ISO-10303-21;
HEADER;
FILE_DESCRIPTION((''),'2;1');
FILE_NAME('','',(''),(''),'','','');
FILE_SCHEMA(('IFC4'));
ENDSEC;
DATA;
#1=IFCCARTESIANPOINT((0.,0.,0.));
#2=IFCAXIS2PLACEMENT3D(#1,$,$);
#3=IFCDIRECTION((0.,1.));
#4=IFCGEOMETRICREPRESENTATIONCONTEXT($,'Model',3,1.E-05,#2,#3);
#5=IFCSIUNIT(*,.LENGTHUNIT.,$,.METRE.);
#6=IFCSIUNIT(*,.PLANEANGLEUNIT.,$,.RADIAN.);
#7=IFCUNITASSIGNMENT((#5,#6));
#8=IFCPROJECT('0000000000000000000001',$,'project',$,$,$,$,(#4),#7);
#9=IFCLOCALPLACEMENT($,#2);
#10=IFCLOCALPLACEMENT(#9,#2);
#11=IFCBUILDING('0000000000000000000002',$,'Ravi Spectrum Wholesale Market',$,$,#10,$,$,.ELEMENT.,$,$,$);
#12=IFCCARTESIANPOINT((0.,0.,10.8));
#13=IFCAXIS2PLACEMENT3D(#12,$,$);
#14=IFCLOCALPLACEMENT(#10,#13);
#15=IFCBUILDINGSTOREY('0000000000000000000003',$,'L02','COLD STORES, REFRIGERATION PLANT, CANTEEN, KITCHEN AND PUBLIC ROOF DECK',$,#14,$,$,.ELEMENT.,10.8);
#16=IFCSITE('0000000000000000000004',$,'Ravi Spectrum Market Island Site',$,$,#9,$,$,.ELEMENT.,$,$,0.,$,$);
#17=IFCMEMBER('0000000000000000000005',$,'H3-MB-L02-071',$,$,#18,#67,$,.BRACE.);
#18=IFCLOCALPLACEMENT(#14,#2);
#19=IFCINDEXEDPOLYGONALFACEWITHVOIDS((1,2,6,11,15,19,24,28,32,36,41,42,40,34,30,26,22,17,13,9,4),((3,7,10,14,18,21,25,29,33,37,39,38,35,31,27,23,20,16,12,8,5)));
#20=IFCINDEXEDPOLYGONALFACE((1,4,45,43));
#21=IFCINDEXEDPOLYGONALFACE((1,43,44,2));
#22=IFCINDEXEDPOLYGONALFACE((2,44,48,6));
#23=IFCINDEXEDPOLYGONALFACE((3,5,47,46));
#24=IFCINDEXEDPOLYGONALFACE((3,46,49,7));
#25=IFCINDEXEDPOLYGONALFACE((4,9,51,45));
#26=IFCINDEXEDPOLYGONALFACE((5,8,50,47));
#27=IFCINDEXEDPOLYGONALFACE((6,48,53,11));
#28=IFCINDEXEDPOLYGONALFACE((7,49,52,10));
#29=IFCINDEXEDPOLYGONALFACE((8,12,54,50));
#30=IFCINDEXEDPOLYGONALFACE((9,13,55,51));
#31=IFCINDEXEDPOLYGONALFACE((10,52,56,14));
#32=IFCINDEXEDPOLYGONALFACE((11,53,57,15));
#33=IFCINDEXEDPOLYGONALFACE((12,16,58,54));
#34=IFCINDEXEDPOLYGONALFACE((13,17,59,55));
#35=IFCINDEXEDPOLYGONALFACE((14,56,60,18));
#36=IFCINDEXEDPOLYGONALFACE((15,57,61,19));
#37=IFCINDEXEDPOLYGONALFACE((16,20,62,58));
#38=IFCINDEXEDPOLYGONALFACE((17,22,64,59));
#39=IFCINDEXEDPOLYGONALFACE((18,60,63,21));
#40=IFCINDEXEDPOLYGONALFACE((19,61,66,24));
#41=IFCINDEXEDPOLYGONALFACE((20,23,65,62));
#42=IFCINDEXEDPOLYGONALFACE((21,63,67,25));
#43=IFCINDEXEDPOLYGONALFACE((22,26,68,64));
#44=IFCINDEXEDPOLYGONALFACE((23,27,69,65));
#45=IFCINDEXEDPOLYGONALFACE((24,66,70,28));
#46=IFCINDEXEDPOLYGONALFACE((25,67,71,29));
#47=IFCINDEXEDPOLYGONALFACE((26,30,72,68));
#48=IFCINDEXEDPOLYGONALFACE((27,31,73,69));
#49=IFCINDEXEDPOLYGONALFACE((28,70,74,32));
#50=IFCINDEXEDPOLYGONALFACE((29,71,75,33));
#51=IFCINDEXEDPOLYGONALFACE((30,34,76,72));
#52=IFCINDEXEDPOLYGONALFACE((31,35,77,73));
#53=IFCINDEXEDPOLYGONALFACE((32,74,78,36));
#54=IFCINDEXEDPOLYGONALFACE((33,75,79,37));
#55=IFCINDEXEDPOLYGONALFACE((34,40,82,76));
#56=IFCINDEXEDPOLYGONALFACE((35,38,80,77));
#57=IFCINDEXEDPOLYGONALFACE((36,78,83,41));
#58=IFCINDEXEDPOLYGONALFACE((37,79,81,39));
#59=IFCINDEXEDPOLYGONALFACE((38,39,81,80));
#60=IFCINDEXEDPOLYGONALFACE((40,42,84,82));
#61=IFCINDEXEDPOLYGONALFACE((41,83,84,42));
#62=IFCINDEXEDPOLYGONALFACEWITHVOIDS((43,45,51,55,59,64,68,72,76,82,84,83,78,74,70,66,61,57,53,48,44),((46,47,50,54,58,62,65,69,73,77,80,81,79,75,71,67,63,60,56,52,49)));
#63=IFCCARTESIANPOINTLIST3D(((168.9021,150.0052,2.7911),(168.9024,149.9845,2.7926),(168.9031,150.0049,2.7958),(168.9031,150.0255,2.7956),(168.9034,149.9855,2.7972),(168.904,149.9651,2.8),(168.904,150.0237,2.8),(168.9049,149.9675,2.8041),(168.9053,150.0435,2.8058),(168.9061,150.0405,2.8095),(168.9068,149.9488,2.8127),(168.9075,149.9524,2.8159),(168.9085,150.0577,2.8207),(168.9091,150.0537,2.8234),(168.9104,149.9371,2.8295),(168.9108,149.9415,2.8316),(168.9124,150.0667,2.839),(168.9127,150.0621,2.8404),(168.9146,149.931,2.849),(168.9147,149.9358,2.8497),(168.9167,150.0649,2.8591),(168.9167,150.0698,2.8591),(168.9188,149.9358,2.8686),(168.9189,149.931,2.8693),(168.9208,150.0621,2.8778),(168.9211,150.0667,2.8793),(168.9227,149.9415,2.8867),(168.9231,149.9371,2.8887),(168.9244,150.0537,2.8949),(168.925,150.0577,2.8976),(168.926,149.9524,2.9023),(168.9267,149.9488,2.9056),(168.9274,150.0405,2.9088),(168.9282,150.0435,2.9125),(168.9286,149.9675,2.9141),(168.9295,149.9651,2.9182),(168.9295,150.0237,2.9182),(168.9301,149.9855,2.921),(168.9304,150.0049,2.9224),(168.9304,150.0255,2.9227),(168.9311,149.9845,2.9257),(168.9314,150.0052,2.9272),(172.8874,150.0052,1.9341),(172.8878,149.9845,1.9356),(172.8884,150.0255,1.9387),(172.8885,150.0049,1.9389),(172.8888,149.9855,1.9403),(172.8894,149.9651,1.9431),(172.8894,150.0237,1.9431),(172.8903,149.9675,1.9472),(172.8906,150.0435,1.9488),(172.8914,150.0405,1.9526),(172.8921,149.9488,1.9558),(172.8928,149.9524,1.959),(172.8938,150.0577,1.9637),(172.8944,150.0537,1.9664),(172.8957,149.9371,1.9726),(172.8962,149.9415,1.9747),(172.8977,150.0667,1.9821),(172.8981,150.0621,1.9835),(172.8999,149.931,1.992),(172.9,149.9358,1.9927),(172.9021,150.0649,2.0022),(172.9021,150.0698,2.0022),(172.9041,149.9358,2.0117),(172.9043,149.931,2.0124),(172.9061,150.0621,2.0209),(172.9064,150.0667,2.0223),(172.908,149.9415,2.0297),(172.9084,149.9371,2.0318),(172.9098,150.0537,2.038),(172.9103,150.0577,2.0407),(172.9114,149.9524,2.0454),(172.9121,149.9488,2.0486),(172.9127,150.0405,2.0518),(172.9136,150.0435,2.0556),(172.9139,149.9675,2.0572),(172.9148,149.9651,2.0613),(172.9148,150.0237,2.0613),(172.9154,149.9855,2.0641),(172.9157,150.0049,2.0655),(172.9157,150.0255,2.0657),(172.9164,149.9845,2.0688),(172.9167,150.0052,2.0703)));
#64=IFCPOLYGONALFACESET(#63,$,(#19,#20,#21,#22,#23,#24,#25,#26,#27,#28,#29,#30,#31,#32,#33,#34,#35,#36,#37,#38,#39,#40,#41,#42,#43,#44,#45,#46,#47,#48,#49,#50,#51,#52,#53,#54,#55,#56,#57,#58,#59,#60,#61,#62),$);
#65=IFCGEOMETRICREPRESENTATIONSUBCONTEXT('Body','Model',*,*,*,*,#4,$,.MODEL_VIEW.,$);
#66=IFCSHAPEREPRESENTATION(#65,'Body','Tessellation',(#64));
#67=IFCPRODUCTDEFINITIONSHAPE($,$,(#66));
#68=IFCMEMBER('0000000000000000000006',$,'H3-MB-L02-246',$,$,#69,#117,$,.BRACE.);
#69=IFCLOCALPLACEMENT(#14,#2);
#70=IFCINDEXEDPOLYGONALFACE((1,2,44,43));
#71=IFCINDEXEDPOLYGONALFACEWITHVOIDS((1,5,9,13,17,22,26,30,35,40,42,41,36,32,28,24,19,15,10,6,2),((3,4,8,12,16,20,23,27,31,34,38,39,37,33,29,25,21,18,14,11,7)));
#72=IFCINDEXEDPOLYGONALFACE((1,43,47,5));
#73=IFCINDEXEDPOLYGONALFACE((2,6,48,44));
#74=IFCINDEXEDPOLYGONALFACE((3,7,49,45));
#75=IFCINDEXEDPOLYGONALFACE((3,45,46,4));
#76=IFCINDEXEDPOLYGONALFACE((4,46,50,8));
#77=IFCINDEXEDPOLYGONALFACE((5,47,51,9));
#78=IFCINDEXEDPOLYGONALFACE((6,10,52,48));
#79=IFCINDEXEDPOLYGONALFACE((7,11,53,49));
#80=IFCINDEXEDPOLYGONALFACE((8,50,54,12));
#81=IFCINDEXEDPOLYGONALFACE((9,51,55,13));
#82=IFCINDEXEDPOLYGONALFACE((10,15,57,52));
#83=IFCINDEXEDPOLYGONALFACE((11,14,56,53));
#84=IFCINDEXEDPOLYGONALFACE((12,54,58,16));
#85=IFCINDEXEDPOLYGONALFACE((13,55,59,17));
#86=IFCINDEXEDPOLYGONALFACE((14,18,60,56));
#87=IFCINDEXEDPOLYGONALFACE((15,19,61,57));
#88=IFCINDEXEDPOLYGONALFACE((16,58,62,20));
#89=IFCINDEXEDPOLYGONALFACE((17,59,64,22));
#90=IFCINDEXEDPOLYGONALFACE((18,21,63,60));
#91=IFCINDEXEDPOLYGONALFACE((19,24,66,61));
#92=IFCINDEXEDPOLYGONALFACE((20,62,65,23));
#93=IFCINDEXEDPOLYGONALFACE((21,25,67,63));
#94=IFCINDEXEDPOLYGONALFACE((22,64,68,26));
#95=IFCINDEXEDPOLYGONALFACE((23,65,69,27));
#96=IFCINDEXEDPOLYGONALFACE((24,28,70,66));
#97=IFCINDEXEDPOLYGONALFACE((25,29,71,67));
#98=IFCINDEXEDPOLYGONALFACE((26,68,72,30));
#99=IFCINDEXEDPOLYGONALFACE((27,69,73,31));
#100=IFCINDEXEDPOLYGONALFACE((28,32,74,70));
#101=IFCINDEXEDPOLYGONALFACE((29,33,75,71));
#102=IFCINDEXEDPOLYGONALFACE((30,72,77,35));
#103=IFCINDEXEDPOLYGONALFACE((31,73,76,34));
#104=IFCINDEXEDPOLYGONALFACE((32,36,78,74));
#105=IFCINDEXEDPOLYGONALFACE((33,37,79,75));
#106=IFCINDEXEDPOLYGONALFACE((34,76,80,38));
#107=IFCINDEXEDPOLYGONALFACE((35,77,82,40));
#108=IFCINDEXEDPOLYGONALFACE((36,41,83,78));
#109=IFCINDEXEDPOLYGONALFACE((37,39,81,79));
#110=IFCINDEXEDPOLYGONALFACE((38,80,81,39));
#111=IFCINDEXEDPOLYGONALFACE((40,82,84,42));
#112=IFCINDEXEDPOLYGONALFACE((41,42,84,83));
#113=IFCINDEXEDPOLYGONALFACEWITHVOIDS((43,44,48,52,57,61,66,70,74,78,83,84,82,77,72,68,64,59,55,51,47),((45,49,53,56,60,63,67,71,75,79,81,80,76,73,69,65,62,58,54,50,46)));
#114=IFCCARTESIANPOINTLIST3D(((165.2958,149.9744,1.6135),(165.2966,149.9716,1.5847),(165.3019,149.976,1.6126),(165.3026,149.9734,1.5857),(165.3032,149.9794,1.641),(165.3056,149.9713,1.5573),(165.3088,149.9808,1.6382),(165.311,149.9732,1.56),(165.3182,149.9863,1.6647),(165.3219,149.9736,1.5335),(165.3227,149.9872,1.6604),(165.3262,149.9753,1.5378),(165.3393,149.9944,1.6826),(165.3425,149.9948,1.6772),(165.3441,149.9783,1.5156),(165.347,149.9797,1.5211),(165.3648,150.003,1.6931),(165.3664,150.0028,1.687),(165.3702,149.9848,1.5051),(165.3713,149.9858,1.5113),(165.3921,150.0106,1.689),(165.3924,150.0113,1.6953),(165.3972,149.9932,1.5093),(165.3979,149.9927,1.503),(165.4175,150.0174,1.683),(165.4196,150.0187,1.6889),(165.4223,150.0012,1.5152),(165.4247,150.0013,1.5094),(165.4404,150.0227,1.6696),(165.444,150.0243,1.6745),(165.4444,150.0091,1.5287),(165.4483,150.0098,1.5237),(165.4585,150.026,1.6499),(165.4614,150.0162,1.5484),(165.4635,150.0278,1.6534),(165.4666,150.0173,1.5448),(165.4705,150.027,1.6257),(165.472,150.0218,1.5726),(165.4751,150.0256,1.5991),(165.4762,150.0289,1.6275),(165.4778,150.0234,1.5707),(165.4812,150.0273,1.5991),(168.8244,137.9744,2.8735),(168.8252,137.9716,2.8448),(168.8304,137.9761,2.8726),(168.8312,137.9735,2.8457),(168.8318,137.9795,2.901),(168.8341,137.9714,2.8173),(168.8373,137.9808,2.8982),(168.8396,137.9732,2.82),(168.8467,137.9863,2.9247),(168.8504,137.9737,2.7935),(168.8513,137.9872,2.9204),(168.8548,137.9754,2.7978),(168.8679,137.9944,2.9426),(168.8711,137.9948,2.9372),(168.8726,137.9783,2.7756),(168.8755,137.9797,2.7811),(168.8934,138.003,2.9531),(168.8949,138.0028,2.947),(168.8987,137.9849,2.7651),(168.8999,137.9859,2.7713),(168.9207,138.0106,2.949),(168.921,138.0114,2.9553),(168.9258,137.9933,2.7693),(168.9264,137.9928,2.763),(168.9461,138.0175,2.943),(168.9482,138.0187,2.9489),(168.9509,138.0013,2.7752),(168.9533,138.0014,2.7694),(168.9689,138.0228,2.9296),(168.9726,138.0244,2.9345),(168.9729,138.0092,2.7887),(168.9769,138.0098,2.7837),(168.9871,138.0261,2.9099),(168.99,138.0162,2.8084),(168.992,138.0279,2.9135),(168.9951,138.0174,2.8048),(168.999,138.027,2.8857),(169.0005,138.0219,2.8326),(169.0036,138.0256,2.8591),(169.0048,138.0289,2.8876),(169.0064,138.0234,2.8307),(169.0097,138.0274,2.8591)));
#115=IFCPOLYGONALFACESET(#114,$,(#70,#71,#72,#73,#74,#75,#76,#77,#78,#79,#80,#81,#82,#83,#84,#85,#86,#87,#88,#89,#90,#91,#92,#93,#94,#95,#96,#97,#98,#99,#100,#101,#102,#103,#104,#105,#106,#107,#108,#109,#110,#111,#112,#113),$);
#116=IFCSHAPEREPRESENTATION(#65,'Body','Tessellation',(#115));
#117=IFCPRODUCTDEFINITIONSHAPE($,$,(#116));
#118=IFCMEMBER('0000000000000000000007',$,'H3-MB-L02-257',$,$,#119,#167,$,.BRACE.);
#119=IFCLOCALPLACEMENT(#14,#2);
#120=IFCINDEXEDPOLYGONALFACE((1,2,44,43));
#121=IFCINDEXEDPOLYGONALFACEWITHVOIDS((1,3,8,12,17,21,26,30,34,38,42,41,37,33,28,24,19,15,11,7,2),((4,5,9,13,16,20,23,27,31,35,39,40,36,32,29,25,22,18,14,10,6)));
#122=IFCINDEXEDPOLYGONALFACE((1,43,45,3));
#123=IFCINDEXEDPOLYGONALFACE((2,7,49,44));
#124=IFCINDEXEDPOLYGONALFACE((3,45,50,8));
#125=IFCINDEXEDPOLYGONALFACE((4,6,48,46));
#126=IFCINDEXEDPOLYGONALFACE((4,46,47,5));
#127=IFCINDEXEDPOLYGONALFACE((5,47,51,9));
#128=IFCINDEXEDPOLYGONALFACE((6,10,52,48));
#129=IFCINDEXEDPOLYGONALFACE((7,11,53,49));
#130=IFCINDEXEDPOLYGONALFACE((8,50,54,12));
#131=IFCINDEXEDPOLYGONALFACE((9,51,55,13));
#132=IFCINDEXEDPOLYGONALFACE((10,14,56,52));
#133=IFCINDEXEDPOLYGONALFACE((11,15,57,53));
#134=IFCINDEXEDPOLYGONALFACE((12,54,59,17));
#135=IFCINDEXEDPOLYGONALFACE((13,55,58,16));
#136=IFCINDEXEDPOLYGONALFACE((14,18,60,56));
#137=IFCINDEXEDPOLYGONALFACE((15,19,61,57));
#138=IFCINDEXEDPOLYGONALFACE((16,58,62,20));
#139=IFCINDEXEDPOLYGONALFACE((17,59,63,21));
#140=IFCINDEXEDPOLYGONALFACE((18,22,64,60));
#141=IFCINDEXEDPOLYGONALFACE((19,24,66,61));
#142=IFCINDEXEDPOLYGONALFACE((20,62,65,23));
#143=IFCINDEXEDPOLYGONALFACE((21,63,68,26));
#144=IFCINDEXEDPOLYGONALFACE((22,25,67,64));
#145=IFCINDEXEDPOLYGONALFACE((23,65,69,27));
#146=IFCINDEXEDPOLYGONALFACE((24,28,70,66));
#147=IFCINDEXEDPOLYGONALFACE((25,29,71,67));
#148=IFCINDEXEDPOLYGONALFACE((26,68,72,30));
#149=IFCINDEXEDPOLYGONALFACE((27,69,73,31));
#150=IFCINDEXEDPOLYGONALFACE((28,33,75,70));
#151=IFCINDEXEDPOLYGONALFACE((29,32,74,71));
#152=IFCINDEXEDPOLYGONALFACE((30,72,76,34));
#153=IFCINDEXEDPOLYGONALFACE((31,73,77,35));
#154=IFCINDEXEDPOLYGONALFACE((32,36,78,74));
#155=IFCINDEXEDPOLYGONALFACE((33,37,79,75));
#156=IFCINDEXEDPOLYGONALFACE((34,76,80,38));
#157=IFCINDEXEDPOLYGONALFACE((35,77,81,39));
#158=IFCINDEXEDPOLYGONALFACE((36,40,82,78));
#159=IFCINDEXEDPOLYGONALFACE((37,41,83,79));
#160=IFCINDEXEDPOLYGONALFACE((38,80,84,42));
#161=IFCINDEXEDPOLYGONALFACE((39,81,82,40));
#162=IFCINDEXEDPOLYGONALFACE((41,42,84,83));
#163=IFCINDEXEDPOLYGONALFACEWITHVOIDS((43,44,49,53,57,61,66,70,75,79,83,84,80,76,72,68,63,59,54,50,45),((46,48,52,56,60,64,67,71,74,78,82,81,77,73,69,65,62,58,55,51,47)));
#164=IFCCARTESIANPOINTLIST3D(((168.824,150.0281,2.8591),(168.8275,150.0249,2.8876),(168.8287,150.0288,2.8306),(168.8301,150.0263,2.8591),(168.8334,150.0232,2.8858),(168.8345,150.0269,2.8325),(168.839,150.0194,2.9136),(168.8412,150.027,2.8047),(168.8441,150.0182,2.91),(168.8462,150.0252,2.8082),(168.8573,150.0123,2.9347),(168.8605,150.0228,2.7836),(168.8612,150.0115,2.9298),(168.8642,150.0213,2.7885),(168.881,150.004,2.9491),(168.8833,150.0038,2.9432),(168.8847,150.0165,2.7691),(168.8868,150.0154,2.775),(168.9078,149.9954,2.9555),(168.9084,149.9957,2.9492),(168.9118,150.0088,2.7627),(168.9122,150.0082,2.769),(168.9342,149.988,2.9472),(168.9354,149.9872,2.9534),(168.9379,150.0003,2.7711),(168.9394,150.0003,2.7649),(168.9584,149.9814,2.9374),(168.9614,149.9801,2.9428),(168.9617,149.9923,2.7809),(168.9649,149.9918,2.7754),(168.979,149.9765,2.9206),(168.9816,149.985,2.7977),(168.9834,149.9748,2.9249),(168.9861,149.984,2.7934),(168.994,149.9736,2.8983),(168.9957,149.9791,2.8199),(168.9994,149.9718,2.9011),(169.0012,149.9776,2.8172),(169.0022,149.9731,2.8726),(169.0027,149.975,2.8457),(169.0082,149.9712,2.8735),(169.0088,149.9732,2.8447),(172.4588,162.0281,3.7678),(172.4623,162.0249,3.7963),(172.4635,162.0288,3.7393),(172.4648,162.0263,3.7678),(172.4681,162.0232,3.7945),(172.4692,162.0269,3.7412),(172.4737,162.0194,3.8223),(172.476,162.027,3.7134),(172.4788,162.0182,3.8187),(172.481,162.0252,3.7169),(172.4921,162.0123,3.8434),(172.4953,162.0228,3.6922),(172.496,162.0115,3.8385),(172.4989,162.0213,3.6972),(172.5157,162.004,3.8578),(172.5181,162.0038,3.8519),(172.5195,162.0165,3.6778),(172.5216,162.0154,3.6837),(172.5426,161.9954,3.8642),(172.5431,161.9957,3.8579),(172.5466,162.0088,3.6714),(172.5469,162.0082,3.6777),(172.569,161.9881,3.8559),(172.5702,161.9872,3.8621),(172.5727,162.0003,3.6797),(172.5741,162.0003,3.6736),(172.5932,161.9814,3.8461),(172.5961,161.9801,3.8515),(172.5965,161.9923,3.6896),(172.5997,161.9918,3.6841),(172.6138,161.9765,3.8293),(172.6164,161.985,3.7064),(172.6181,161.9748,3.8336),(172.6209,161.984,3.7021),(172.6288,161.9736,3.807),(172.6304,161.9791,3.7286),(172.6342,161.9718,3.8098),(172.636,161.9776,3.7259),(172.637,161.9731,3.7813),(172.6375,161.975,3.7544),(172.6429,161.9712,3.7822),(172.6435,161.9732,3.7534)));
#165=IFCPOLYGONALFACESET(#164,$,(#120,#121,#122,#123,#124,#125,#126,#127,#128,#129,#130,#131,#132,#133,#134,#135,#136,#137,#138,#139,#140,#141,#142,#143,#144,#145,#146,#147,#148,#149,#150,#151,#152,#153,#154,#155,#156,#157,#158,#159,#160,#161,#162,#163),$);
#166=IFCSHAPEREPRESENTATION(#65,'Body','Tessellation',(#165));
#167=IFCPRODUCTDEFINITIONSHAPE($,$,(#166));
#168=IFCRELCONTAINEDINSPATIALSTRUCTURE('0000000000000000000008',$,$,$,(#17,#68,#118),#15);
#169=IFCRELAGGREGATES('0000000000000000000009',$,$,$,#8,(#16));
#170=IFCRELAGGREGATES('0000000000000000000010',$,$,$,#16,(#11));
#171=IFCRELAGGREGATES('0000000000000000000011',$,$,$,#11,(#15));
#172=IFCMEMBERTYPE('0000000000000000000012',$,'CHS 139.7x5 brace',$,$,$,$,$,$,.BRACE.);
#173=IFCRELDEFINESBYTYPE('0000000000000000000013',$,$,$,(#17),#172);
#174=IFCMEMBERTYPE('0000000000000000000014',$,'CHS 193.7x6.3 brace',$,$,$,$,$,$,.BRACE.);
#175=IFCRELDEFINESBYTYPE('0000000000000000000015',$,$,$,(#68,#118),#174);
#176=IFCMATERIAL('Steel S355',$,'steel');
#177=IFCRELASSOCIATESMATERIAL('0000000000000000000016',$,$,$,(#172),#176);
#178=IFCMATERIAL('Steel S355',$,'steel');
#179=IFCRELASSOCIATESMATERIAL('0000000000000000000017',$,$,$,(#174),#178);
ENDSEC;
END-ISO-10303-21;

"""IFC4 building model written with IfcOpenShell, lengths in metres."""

from ifc_helpers import new_model, si_unit, direction, frame, origin, origin_2d, place, context, subcontext, project, spatial, hollow_circle, extrude, material, material_profile, profile_set, type_object, element, save


model = new_model("IFC4")

# Units and contexts
model_context = context("Model", 3, precision=1e-05, world=origin(), true_north=direction((0.0, 1.0)))
body_context = subcontext(model_context, "Body", "Model", "MODEL_VIEW")
ifc_project = project(units=[si_unit("LENGTHUNIT", "METRE"), si_unit("PLANEANGLEUNIT", "RADIAN")], contexts=[model_context])

# Site, building, storey
site_placement = place(None, origin())
site = spatial("IfcSite", under=ifc_project, at=site_placement, Name="Ravi Spectrum Market Island Site", CompositionType="ELEMENT", RefElevation=0.0)
building_placement = place(site_placement, origin())
building = spatial("IfcBuilding", under=site, at=building_placement, Name="Ravi Spectrum Wholesale Market", CompositionType="ELEMENT")
storey_placement = place(building_placement, frame((0.0, 0.0, 10.8)))
storey = spatial("IfcBuildingStorey", under=building, at=storey_placement, Name="L02", Description="COLD STORES, REFRIGERATION PLANT, CANTEEN, KITCHEN AND PUBLIC ROOF DECK", CompositionType="ELEMENT", Elevation=10.8)

# Members
ifc_material_1 = material(Name="Steel S355", Category="steel")
ifc_material_profile_1 = material_profile(ifc_material_1, hollow_circle(Radius=0.0698, WallThickness=0.0049, at=origin_2d()))
ifc_profile_set_1 = profile_set([ifc_material_profile_1], Name="Steel S355")
member_type_1 = type_object("IfcMemberType", Name="CHS 139.7x5 brace", PredefinedType="BRACE", material=ifc_profile_set_1)
for number, where, z_axis, x_axis, name in (
    (1, (168.9167, 150.0, 2.8591), (0.977655, 0.0, -0.210216), (0.0, 1.0, 0.0), "H3-MB-L02-071"),
):
    element("IfcMember", number, at=place(storey_placement, frame(where, z_axis=z_axis, x_axis=x_axis)), inside=storey, type_object=member_type_1, Name=name, PredefinedType="BRACE", context=body_context, shape_type="SweptSolid", body=[
        extrude(hollow_circle(Radius=0.0698, WallThickness=0.0049, at=origin_2d()), origin(), (0.0, 0.0, 1.0), 4.0764),
    ])
ifc_material_2 = material(Name="Steel S355", Category="steel")
ifc_material_profile_2 = material_profile(ifc_material_2, hollow_circle(Radius=0.0969, WallThickness=0.0063, at=origin_2d()))
ifc_profile_set_2 = profile_set([ifc_material_profile_2], Name="Steel S355")
member_type_2 = type_object("IfcMemberType", Name="CHS 193.7x6.3 brace", PredefinedType="BRACE", material=ifc_profile_set_2)
for number, where, z_axis, x_axis, name in (
    (2, (165.3882, 150.0, 1.5991), (0.280683, -0.954553, 0.100229), (0.959384, 0.282104, 0.0), "H3-MB-L02-246"),
    (3, (168.9167, 150.0, 2.8591), (0.289132, 0.954556, 0.072283), (-0.95706, 0.289891, 0.0), "H3-MB-L02-257"),
):
    element("IfcMember", number, at=place(storey_placement, frame(where, z_axis=z_axis, x_axis=x_axis)), inside=storey, type_object=member_type_2, Name=name, PredefinedType="BRACE", context=body_context, shape_type="SweptSolid", body=[
        extrude(hollow_circle(Radius=0.0969, WallThickness=0.0063, at=origin_2d()), origin(), (0.0, 0.0, 1.0), 12.5713),
    ])

save(model, "model.ifc")
